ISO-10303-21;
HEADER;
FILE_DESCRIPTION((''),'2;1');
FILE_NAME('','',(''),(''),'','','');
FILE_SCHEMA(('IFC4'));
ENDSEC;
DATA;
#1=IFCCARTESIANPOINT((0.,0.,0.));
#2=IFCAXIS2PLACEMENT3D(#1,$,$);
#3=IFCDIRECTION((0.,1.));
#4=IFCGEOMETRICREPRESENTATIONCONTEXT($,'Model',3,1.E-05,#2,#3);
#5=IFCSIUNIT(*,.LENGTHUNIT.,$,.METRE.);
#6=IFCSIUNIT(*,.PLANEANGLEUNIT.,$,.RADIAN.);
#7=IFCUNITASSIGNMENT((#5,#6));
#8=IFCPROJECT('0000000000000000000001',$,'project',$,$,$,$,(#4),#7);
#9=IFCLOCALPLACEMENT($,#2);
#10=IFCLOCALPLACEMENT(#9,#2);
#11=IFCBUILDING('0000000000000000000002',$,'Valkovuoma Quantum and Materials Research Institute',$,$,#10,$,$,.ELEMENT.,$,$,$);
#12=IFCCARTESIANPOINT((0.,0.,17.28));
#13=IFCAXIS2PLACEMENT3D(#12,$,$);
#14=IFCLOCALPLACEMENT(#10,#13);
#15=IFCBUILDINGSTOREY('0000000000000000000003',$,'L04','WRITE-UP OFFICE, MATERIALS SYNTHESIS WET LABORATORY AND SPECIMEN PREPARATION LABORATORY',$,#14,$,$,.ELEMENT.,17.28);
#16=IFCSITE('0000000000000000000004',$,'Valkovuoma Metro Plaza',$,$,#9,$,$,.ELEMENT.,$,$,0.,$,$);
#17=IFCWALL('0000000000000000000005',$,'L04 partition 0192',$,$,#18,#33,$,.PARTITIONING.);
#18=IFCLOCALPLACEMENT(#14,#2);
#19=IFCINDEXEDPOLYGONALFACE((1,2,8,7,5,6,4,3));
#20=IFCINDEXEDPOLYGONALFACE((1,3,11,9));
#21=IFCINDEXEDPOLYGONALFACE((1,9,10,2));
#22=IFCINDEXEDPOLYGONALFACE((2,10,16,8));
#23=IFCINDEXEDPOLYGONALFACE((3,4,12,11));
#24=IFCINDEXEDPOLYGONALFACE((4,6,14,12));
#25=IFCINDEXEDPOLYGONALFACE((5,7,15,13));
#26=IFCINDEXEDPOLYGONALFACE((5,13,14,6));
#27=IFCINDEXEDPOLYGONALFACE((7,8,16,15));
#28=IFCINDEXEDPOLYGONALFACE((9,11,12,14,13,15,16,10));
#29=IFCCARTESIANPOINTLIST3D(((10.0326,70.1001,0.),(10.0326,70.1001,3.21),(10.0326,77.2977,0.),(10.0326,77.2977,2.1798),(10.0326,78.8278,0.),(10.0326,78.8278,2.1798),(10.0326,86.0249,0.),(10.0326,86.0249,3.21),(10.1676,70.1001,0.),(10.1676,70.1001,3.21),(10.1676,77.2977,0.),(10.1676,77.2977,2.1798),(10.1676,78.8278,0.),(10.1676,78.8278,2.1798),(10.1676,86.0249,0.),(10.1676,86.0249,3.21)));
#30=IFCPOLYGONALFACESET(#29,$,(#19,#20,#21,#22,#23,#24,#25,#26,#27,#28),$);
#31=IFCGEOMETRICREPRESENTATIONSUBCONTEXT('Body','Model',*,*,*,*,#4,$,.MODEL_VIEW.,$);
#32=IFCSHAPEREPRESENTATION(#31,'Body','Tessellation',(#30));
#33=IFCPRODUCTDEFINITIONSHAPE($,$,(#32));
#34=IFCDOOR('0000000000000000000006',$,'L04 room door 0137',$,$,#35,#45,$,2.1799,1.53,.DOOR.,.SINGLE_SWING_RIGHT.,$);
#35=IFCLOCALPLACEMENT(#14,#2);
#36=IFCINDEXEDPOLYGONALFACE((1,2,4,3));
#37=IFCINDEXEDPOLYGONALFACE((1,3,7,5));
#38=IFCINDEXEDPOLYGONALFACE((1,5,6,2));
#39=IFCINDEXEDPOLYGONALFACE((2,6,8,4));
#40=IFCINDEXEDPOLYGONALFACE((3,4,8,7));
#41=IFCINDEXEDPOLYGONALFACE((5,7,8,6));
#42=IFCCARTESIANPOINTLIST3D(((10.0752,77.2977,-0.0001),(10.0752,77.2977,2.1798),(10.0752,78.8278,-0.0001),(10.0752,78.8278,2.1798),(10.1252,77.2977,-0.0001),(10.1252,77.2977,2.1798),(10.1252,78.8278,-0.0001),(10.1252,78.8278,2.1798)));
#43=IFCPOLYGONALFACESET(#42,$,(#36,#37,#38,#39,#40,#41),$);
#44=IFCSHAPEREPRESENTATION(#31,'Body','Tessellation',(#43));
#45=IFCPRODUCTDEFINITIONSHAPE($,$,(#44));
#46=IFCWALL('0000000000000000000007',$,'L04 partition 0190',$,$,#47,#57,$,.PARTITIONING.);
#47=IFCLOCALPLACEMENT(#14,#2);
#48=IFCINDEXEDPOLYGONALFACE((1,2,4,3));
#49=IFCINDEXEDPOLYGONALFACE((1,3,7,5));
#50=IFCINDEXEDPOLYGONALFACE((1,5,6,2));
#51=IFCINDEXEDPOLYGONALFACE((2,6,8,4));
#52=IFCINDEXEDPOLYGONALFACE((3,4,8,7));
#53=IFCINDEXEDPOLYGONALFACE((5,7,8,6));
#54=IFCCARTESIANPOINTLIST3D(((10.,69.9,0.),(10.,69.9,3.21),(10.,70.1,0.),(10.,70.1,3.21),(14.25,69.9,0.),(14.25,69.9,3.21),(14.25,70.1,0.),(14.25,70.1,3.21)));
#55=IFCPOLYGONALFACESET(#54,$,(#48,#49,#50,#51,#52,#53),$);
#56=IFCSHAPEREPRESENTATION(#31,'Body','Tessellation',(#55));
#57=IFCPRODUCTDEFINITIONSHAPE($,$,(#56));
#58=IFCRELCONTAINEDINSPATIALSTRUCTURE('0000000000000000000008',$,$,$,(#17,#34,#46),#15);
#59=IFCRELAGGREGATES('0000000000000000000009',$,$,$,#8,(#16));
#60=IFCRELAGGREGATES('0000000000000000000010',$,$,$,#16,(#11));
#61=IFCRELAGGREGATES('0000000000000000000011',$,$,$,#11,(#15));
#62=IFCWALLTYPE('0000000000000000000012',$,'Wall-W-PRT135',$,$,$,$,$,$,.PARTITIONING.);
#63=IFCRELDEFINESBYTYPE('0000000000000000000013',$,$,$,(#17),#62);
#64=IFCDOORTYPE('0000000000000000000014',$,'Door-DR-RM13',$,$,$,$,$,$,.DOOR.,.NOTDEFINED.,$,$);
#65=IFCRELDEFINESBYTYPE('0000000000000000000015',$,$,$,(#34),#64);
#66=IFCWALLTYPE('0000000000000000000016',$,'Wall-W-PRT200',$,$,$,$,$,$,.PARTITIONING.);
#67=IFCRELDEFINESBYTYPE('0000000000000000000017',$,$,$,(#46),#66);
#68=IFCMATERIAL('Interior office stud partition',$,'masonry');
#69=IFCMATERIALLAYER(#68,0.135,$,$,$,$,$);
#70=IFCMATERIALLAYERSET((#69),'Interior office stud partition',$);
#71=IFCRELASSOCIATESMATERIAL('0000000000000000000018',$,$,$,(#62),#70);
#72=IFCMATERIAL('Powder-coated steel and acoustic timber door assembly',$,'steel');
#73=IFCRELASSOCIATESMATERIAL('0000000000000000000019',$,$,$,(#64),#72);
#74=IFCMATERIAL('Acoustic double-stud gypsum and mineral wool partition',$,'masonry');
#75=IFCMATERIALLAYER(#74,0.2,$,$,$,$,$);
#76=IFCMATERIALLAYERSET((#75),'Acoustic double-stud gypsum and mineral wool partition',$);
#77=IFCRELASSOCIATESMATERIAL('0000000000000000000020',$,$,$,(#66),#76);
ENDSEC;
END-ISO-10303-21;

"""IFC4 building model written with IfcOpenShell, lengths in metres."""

from ifc_helpers import new_model, si_unit, direction, frame, frame_2d, origin, place, context, subcontext, project, spatial, rectangle, extrude, material, layer, layer_set, type_object, element, fill, save


model = new_model("IFC4")

# Units and contexts
model_context = context("Model", 3, precision=1e-05, world=origin(), true_north=direction((0.0, 1.0)))
body_context = subcontext(model_context, "Body", "Model", "MODEL_VIEW")
ifc_project = project(units=[si_unit("LENGTHUNIT", "METRE"), si_unit("PLANEANGLEUNIT", "RADIAN")], contexts=[model_context])

# Site, building, storey
site_placement = place(None, origin())
site = spatial("IfcSite", under=ifc_project, at=site_placement, Name="Valkovuoma Metro Plaza", CompositionType="ELEMENT", RefElevation=0.0)
building_placement = place(site_placement, origin())
building = spatial("IfcBuilding", under=site, at=building_placement, Name="Valkovuoma Quantum and Materials Research Institute", CompositionType="ELEMENT")
storey_placement = place(building_placement, frame((0.0, 0.0, 17.28)))
storey = spatial("IfcBuildingStorey", under=building, at=storey_placement, Name="L04", Description="WRITE-UP OFFICE, MATERIALS SYNTHESIS WET LABORATORY AND SPECIMEN PREPARATION LABORATORY", CompositionType="ELEMENT", Elevation=17.28)

# Wall, opening, door
ifc_material_1 = material(Name="Interior office stud partition", Category="masonry")
ifc_layer_1 = layer(ifc_material_1, 0.135)
ifc_layer_set_1 = layer_set([ifc_layer_1], Name="Interior office stud partition")
wall_type_1 = type_object("IfcWallType", Name="Wall-W-PRT135", PredefinedType="PARTITIONING", material=ifc_layer_set_1)
wall_1_placement = place(storey_placement, frame((10.1001, 70.1001, 0.0), z_axis=(0.0, 0.0, 1.0), x_axis=(0.0, 1.0, 0.0)))
wall_1 = element("IfcWall", 1, at=wall_1_placement, inside=storey, type_object=wall_type_1, Name="L04 partition 0192", PredefinedType="PARTITIONING", context=body_context, shape_type="SweptSolid", body=[
    extrude(rectangle(XDim=15.9248, YDim=0.135, at=frame_2d((7.9624, 0.0))), origin(), (0.0, 0.0, 1.0), 3.21),
])
opening_placement = place(wall_1_placement, frame((7.1975, 0.0, 0.0)))
opening = element("IfcOpeningElement", 2, at=opening_placement, cuts=wall_1, PredefinedType="OPENING", context=body_context, shape_type="SweptSolid", body=[
    extrude(rectangle(XDim=1.53, YDim=2.1799, at=frame_2d((0.7651, 1.0898))), frame((0.0, 0.0776, 0.0), z_axis=(0.0, -1.0, 0.0), x_axis=(1.0, 0.0, 0.0)), (0.0, 0.0, 1.0), 0.155),
])
ifc_material_2 = material(Name="Powder-coated steel and acoustic timber door assembly", Category="steel")
door_type = type_object("IfcDoorType", Name="Door-DR-RM13", OperationType="NOTDEFINED", PredefinedType="DOOR", material=ifc_material_2)
door_placement = place(opening_placement, origin())
door = element("IfcDoor", 3, at=door_placement, inside=storey, type_object=door_type, Name="L04 room door 0137", OperationType="SINGLE_SWING_RIGHT", OverallHeight=2.1799, OverallWidth=1.53, PredefinedType="DOOR", context=body_context, shape_type="SweptSolid", body=[
    extrude(rectangle(XDim=1.53, YDim=2.1799, at=frame_2d((0.7651, 1.0898))), frame((0.0, 0.0249, 0.0), z_axis=(0.0, -1.0, 0.0), x_axis=(1.0, 0.0, 0.0)), (0.0, 0.0, 1.0), 0.05),
])
fill(opening, door)

# Wall
ifc_material_3 = material(Name="Acoustic double-stud gypsum and mineral wool partition", Category="masonry")
ifc_layer_2 = layer(ifc_material_3, 0.2)
ifc_layer_set_2 = layer_set([ifc_layer_2], Name="Acoustic double-stud gypsum and mineral wool partition")
wall_type_2 = type_object("IfcWallType", Name="Wall-W-PRT200", PredefinedType="PARTITIONING", material=ifc_layer_set_2)
wall_2_placement = place(storey_placement, frame((10.0, 70.0, 0.0), z_axis=(0.0, 0.0, 1.0), x_axis=(1.0, 0.0, 0.0)))
element("IfcWall", 4, at=wall_2_placement, inside=storey, type_object=wall_type_2, Name="L04 partition 0190", PredefinedType="PARTITIONING", context=body_context, shape_type="SweptSolid", body=[
    extrude(rectangle(XDim=4.25, YDim=0.2, at=frame_2d((2.125, 0.0))), origin(), (0.0, 0.0, 1.0), 3.21),
])

save(model, "model.ifc")
